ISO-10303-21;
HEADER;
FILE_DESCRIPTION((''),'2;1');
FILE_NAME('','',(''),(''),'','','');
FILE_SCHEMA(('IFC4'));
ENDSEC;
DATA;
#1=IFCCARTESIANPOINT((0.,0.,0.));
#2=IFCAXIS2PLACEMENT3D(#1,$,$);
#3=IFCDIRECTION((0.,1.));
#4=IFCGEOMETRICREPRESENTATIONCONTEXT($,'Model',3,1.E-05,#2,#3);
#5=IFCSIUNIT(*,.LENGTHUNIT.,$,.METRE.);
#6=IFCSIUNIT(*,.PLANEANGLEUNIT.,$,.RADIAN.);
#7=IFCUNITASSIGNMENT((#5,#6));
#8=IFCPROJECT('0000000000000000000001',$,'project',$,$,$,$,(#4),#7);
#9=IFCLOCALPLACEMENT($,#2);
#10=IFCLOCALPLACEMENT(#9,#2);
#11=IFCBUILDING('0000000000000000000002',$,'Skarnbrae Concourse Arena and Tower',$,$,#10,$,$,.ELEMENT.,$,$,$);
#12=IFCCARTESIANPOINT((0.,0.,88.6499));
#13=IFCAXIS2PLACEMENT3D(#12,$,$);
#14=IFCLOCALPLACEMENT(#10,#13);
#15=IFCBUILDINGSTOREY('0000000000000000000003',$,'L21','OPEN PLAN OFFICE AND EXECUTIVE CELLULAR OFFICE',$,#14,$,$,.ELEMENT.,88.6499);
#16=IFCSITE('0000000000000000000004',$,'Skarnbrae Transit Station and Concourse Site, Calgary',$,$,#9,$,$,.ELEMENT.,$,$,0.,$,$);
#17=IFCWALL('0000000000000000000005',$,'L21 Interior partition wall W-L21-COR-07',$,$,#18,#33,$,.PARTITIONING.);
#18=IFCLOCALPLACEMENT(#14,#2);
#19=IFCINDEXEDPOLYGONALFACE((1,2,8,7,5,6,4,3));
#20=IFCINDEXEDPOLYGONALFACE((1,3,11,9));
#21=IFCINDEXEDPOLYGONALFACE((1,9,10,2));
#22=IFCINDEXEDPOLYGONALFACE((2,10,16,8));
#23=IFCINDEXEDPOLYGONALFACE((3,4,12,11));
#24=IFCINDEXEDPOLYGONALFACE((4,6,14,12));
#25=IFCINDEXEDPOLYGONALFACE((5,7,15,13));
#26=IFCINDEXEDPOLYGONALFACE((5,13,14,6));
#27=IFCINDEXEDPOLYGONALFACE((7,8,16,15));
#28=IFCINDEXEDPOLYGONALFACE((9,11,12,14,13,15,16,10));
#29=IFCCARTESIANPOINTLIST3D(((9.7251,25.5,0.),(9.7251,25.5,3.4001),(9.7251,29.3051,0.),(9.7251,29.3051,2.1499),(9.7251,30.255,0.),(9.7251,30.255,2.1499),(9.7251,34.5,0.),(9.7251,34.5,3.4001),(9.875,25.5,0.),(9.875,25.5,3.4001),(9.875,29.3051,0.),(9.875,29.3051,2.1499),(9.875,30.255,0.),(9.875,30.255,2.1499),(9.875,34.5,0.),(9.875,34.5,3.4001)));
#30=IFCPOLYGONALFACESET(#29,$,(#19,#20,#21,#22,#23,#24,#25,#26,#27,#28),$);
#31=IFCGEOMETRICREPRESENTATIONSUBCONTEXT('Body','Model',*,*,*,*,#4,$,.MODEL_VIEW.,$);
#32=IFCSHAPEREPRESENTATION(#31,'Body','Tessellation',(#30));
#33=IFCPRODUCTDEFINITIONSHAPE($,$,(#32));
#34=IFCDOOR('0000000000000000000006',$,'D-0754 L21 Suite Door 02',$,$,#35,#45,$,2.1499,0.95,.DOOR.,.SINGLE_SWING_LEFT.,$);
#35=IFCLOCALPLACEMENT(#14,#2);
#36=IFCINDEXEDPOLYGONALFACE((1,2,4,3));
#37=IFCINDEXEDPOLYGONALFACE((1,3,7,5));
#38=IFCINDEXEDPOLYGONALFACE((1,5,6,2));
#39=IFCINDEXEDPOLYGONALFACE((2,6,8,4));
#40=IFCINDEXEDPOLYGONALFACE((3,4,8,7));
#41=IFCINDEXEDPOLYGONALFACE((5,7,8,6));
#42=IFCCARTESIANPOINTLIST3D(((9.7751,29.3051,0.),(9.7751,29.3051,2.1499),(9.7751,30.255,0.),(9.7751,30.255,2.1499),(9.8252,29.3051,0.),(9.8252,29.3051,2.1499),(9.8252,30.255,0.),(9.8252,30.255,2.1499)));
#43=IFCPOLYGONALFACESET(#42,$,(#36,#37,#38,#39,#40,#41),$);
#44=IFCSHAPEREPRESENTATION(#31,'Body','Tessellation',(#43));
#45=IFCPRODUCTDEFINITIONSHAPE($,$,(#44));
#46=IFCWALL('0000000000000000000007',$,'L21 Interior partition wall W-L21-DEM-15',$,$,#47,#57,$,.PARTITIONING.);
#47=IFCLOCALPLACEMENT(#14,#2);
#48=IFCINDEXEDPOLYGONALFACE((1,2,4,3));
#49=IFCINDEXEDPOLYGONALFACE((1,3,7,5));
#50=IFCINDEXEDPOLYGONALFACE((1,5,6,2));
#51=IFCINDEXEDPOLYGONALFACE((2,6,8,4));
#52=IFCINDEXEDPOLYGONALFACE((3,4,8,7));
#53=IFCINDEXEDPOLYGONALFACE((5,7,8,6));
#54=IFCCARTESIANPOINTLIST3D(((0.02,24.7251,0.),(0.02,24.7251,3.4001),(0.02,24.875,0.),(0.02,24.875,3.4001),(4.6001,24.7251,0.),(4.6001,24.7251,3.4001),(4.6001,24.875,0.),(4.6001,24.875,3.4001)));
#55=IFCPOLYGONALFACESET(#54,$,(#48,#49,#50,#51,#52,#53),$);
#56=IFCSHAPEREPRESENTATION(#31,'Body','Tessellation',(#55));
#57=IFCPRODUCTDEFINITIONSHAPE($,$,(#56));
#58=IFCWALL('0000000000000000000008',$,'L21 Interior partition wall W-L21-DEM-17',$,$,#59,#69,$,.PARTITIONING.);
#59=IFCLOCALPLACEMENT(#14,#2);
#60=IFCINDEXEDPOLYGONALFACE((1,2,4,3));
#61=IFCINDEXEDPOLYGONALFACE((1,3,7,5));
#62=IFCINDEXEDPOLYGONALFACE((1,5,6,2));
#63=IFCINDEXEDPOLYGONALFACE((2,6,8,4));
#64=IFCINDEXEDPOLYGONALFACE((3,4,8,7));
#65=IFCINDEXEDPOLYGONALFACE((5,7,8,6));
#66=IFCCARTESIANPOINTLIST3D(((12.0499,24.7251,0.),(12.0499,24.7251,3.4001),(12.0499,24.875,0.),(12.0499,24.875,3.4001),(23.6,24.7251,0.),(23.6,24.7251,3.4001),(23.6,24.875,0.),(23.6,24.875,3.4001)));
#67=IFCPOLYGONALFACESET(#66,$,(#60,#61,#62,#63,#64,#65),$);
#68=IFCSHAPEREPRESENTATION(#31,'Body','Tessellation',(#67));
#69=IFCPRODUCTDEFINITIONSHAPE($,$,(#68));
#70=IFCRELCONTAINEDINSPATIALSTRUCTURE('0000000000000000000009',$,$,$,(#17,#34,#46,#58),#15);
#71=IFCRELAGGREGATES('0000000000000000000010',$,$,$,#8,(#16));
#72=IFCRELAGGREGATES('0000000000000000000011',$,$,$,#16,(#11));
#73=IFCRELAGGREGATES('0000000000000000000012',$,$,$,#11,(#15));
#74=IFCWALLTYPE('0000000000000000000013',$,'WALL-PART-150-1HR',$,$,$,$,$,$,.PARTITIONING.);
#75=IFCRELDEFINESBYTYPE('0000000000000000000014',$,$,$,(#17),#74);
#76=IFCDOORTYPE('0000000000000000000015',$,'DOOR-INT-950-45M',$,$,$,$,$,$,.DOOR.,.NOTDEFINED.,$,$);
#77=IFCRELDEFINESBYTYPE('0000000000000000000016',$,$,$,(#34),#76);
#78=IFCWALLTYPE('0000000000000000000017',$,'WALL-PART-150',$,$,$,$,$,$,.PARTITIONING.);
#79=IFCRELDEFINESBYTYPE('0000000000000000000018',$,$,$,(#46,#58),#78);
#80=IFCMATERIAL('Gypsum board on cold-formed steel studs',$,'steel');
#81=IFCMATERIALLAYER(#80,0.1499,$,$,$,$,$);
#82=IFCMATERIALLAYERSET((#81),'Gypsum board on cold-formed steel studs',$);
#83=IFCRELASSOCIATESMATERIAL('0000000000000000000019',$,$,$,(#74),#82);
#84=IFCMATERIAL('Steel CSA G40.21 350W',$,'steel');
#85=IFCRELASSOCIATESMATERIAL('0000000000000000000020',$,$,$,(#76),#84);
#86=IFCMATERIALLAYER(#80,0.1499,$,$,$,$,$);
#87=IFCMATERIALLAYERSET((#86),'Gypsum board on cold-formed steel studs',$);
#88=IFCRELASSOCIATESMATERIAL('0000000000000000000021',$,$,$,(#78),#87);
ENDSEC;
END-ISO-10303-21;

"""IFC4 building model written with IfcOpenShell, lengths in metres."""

from ifc_helpers import new_model, si_unit, direction, frame, frame_2d, origin, place, context, subcontext, project, spatial, rectangle, extrude, source, transform, mapped, material, layer, layer_set, type_object, element, fill, save


model = new_model("IFC4")

# Units and contexts
model_context = context("Model", 3, precision=1e-05, world=origin(), true_north=direction((0.0, 1.0)))
body_context = subcontext(model_context, "Body", "Model", "MODEL_VIEW")
ifc_project = project(units=[si_unit("LENGTHUNIT", "METRE"), si_unit("PLANEANGLEUNIT", "RADIAN")], contexts=[model_context])

# Site, building, storey
site_placement = place(None, origin())
site = spatial("IfcSite", under=ifc_project, at=site_placement, Name="Skarnbrae Transit Station and Concourse Site, Calgary", CompositionType="ELEMENT", RefElevation=0.0)
building_placement = place(site_placement, origin())
building = spatial("IfcBuilding", under=site, at=building_placement, Name="Skarnbrae Concourse Arena and Tower", CompositionType="ELEMENT")
storey_placement = place(building_placement, frame((0.0, 0.0, 88.6499)))
storey = spatial("IfcBuildingStorey", under=building, at=storey_placement, Name="L21", Description="OPEN PLAN OFFICE AND EXECUTIVE CELLULAR OFFICE", CompositionType="ELEMENT", Elevation=88.6499)

# Shared definitions
ifc_material_1 = material(Name="Steel CSA G40.21 350W", Category="steel")

# Shared definitions
ifc_material_2 = material(Name="Gypsum board on cold-formed steel studs", Category="steel")
ifc_layer_1 = layer(ifc_material_2, 0.1499)
ifc_layer_set_1 = layer_set([ifc_layer_1], Name="Gypsum board on cold-formed steel studs")
wall_type_1 = type_object("IfcWallType", Name="WALL-PART-150-1HR", PredefinedType="PARTITIONING", material=ifc_layer_set_1)

# Wall, opening, door
shared_shape_1 = source(origin(), body_context, "Body", "SweptSolid", [
    extrude(rectangle(XDim=9.0, YDim=0.1499, at=frame_2d((4.5, 0.0))), origin(), (0.0, 0.0, 1.0), 3.4001),
])
wall_1_placement = place(storey_placement, frame((9.8, 25.5, 0.0), z_axis=(0.0, 0.0, 1.0), x_axis=(0.0, 1.0, 0.0)))
wall_1 = element("IfcWall", 1, at=wall_1_placement, inside=storey, type_object=wall_type_1, Name="L21 Interior partition wall W-L21-COR-07", PredefinedType="PARTITIONING", context=body_context, shape_type="MappedRepresentation", body=[
    mapped(shared_shape_1, transform((0.0, 0.0, 0.0))),
])
opening_placement = place(wall_1_placement, frame((3.8049, 0.0, 0.0)))
opening = element("IfcOpeningElement", 2, at=opening_placement, cuts=wall_1, PredefinedType="OPENING", context=body_context, shape_type="SweptSolid", body=[
    extrude(rectangle(XDim=0.95, YDim=2.1499, at=frame_2d((0.4751, 1.075))), frame((0.0, 0.085, 0.0), z_axis=(0.0, -1.0, 0.0), x_axis=(1.0, 0.0, 0.0)), (0.0, 0.0, 1.0), 0.1699),
])
door_type = type_object("IfcDoorType", Name="DOOR-INT-950-45M", OperationType="NOTDEFINED", PredefinedType="DOOR", material=ifc_material_1)
shared_shape_2 = source(origin(), body_context, "Body", "SweptSolid", [
    extrude(rectangle(XDim=0.95, YDim=2.1499, at=frame_2d((0.4751, 1.075))), frame((0.0, 0.0249, 0.0), z_axis=(0.0, -1.0, 0.0), x_axis=(1.0, 0.0, 0.0)), (0.0, 0.0, 1.0), 0.05),
])
door_placement = place(opening_placement, origin())
door = element("IfcDoor", 3, at=door_placement, inside=storey, type_object=door_type, Name="D-0754 L21 Suite Door 02", OperationType="SINGLE_SWING_LEFT", OverallHeight=2.1499, OverallWidth=0.95, PredefinedType="DOOR", context=body_context, shape_type="MappedRepresentation", body=[
    mapped(shared_shape_2, transform((0.0, 0.0, 0.0))),
])
fill(opening, door)

# Walls
ifc_layer_2 = layer(ifc_material_2, 0.1499)
ifc_layer_set_2 = layer_set([ifc_layer_2], Name="Gypsum board on cold-formed steel studs")
wall_type_2 = type_object("IfcWallType", Name="WALL-PART-150", PredefinedType="PARTITIONING", material=ifc_layer_set_2)
shared_shape_3 = source(origin(), body_context, "Body", "SweptSolid", [
    extrude(rectangle(XDim=4.5801, YDim=0.1499, at=frame_2d((2.29, 0.0))), origin(), (0.0, 0.0, 1.0), 3.4001),
])
wall_2_placement = place(storey_placement, frame((0.02, 24.8, 0.0), z_axis=(0.0, 0.0, 1.0), x_axis=(1.0, 0.0, 0.0)))
element("IfcWall", 4, at=wall_2_placement, inside=storey, type_object=wall_type_2, Name="L21 Interior partition wall W-L21-DEM-15", PredefinedType="PARTITIONING", context=body_context, shape_type="MappedRepresentation", body=[
    mapped(shared_shape_3, transform((0.0, 0.0, 0.0))),
])
shared_shape_4 = source(origin(), body_context, "Body", "SweptSolid", [
    extrude(rectangle(XDim=11.55, YDim=0.1499, at=frame_2d((5.7749, 0.0))), origin(), (0.0, 0.0, 1.0), 3.4001),
])
wall_3_placement = place(storey_placement, frame((12.05, 24.8, 0.0), z_axis=(0.0, 0.0, 1.0), x_axis=(1.0, 0.0, 0.0)))
element("IfcWall", 5, at=wall_3_placement, inside=storey, type_object=wall_type_2, Name="L21 Interior partition wall W-L21-DEM-17", PredefinedType="PARTITIONING", context=body_context, shape_type="MappedRepresentation", body=[
    mapped(shared_shape_4, transform((0.0, 0.0, 0.0))),
])

save(model, "model.ifc")
